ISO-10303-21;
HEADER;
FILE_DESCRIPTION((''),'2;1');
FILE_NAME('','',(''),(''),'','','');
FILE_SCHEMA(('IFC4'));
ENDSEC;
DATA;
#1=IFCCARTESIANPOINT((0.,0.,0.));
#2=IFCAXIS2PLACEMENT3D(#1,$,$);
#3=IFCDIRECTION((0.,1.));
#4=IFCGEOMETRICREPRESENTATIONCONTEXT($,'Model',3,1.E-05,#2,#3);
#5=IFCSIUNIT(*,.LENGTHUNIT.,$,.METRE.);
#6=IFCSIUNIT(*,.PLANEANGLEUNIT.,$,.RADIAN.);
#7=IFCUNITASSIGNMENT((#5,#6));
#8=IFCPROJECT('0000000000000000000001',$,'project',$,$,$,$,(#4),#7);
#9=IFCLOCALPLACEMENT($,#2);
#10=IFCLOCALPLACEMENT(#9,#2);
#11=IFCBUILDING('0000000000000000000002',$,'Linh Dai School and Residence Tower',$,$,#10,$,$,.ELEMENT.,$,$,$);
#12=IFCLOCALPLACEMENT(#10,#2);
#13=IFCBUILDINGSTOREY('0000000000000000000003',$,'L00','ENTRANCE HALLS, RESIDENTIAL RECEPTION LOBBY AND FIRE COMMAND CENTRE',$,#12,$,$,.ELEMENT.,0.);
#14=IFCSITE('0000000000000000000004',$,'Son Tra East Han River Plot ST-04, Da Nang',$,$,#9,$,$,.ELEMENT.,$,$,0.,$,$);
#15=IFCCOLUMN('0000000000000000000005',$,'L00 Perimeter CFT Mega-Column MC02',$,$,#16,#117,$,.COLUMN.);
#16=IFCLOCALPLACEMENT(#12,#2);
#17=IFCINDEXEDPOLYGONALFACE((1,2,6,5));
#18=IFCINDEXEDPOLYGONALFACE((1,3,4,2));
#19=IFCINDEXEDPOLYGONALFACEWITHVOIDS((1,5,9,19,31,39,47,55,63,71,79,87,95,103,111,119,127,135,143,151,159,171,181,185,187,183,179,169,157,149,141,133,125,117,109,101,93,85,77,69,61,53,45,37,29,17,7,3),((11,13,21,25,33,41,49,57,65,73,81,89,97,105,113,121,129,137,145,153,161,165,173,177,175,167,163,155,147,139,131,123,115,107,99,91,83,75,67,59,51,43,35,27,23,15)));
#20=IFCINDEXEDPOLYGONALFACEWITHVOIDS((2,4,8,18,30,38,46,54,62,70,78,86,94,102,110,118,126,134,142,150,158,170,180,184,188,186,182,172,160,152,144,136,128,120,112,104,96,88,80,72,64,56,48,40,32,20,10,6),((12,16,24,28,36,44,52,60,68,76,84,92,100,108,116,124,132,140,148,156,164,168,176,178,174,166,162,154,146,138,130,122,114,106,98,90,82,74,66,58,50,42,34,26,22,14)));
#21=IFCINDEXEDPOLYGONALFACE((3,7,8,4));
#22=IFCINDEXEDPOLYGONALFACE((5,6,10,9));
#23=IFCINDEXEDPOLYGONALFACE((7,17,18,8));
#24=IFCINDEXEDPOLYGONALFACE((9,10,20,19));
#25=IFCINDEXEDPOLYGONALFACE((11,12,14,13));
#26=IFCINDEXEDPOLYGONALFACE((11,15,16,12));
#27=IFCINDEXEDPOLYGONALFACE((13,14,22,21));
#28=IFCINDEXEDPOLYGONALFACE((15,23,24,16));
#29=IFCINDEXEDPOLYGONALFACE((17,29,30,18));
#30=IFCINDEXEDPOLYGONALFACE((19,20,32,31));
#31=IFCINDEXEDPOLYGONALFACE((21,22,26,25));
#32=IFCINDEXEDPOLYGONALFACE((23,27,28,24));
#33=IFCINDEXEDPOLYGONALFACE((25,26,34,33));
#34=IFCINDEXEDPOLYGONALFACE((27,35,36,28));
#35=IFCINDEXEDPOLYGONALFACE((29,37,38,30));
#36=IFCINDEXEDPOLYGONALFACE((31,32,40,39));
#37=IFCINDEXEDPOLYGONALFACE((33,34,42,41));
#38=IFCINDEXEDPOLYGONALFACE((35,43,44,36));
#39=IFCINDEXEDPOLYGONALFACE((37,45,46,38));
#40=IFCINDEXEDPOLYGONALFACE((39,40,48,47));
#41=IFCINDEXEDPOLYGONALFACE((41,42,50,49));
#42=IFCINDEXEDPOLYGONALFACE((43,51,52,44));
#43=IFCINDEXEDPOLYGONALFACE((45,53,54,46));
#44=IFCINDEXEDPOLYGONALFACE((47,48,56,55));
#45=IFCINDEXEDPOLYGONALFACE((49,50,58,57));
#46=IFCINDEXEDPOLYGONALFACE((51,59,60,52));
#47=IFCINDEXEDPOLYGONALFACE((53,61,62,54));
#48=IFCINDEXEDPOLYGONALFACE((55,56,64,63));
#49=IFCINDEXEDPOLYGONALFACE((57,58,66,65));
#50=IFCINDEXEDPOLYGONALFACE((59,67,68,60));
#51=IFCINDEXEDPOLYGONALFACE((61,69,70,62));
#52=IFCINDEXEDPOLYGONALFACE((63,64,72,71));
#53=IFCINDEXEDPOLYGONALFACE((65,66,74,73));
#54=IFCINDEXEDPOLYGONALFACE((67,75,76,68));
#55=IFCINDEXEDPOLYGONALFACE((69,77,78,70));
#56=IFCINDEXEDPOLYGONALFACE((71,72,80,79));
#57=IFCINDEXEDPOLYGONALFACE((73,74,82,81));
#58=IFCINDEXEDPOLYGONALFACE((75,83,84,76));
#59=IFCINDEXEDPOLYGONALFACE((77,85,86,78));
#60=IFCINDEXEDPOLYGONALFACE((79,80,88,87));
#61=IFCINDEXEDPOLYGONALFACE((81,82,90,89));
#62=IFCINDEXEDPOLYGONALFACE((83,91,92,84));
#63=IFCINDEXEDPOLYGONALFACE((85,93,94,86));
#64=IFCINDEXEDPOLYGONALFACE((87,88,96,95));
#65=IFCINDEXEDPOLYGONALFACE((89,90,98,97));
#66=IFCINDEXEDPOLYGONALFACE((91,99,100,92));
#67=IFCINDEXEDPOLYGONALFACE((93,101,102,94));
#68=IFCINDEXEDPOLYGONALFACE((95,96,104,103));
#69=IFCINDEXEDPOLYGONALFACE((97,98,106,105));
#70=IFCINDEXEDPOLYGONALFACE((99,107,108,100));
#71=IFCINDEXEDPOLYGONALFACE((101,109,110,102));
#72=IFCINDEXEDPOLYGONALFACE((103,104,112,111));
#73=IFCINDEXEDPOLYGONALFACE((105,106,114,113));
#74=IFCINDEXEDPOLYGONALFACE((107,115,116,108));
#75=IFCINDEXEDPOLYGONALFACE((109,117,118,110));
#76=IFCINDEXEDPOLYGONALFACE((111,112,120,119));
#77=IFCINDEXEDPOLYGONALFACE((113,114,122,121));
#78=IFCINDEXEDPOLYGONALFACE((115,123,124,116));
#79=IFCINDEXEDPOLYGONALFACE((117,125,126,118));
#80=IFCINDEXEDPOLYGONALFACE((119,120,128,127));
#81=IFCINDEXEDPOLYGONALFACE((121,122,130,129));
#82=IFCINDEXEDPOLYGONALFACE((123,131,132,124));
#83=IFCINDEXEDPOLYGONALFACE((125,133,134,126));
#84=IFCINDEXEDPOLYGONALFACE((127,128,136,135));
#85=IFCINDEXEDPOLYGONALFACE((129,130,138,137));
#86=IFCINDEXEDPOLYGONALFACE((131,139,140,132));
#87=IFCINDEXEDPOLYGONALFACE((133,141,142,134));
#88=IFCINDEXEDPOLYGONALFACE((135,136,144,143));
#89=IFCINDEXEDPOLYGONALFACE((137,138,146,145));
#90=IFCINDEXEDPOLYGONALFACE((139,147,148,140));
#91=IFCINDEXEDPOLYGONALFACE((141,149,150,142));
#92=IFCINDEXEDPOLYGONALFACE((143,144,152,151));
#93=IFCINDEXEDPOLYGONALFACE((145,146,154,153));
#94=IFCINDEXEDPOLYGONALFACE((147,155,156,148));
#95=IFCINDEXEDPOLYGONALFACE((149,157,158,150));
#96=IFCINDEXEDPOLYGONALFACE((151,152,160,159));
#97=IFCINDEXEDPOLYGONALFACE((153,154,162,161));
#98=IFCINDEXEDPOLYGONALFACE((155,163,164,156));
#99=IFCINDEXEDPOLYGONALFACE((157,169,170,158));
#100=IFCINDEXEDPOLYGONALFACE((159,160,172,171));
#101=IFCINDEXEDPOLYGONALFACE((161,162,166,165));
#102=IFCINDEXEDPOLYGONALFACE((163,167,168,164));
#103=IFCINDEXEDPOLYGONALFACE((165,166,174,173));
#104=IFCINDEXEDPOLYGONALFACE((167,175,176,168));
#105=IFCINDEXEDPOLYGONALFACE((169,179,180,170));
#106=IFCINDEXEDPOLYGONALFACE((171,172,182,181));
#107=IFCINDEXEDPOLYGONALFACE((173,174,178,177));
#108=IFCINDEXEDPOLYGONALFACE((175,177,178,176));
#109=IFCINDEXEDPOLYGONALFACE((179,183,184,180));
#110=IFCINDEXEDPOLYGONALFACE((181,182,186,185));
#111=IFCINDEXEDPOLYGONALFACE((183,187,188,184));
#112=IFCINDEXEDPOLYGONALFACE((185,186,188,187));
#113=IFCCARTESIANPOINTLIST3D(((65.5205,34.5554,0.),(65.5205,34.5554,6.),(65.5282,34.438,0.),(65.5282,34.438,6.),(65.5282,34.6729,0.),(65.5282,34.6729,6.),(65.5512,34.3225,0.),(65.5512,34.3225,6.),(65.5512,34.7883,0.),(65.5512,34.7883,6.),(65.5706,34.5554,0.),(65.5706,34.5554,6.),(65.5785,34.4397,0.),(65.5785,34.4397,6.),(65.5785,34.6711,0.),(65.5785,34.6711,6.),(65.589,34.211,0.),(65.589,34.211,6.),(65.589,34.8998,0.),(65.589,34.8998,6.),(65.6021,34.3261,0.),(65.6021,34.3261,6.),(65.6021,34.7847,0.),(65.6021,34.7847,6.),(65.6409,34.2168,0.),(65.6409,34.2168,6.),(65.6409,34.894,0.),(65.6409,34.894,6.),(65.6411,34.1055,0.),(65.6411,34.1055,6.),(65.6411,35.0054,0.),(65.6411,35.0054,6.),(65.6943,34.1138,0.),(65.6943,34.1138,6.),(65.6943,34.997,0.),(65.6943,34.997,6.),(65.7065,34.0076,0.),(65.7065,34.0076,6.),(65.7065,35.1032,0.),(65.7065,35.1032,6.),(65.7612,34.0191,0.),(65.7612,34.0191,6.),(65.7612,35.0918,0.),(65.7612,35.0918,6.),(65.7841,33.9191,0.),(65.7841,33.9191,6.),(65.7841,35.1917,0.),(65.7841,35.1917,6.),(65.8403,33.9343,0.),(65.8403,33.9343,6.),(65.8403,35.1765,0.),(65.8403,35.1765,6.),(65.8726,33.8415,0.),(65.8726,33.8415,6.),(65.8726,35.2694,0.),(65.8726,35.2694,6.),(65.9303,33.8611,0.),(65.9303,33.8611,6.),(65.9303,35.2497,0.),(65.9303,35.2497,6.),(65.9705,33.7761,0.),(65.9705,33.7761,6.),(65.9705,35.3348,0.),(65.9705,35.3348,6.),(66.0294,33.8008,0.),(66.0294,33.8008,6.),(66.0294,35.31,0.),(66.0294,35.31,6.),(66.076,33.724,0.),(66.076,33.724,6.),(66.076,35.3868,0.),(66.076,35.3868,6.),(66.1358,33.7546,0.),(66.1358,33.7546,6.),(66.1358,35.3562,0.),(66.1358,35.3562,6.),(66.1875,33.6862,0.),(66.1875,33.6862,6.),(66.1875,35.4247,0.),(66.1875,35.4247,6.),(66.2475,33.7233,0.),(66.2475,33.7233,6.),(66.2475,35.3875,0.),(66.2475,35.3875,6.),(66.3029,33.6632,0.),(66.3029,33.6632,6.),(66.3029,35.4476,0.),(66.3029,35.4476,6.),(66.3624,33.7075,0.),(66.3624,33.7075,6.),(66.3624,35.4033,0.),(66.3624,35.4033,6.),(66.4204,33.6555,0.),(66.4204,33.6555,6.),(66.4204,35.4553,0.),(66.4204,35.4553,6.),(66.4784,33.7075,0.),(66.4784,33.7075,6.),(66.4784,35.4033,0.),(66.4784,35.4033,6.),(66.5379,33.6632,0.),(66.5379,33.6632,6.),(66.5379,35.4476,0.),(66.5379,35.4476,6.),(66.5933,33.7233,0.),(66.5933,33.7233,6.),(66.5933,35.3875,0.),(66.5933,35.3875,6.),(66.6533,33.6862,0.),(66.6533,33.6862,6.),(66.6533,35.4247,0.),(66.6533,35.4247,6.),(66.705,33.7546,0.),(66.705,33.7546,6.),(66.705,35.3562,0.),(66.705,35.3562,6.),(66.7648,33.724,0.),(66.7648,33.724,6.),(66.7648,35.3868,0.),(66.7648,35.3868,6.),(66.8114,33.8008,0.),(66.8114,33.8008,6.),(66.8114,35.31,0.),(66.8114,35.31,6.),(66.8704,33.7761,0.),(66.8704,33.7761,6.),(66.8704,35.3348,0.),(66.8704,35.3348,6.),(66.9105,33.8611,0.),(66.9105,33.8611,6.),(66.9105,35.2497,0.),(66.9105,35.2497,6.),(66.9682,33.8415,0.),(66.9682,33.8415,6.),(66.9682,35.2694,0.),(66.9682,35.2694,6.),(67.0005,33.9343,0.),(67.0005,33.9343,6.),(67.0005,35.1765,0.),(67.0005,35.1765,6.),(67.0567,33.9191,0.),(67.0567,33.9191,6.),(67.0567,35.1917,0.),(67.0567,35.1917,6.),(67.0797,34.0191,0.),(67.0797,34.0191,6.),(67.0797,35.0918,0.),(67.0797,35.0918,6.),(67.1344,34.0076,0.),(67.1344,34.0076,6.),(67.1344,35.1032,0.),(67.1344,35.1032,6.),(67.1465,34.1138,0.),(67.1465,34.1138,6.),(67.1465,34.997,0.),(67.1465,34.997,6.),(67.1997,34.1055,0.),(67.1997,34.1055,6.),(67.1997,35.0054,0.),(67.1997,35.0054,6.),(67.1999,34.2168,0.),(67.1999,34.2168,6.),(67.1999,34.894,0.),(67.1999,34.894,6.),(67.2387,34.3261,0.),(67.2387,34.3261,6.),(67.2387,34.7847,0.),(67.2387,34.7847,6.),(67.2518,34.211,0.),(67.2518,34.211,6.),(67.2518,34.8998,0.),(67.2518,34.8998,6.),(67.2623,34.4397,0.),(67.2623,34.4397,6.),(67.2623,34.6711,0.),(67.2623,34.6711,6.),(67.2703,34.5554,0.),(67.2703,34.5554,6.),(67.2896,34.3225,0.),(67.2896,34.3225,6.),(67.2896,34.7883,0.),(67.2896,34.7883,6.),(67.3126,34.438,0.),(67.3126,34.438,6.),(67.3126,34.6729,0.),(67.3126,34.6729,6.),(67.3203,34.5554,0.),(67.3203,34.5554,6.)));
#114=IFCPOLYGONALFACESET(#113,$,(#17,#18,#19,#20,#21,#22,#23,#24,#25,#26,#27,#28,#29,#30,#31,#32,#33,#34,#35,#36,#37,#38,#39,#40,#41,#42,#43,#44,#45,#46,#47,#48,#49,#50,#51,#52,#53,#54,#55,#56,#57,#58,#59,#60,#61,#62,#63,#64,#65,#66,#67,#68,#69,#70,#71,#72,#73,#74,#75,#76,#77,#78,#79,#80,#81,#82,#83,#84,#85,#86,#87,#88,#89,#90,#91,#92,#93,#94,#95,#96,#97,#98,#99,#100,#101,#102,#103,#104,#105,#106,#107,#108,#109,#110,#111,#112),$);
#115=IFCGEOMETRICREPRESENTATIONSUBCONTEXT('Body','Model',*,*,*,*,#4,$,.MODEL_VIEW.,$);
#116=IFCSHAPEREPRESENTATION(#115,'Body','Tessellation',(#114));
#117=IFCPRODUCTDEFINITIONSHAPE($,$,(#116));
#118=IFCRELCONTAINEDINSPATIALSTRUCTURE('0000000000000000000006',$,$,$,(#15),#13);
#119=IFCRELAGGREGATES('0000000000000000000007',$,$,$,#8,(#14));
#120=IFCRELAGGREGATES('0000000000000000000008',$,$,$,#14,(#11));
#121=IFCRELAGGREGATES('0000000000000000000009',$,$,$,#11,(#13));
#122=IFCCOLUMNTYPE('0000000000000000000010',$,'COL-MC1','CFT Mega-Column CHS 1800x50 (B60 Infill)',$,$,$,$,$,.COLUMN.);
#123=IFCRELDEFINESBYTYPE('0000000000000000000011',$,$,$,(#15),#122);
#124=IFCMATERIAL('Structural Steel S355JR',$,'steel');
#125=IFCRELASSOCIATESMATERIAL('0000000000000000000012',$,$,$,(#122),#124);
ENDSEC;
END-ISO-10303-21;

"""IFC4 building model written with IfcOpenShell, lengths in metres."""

from ifc_helpers import new_model, si_unit, direction, frame, origin, origin_2d, place, context, subcontext, project, spatial, hollow_circle, extrude, material, material_profile, profile_set, type_object, element, save


model = new_model("IFC4")

# Units and contexts
model_context = context("Model", 3, precision=1e-05, world=origin(), true_north=direction((0.0, 1.0)))
body_context = subcontext(model_context, "Body", "Model", "MODEL_VIEW")
ifc_project = project(units=[si_unit("LENGTHUNIT", "METRE"), si_unit("PLANEANGLEUNIT", "RADIAN")], contexts=[model_context])

# Site, building, storey
site_placement = place(None, origin())
site = spatial("IfcSite", under=ifc_project, at=site_placement, Name="Son Tra East Han River Plot ST-04, Da Nang", CompositionType="ELEMENT", RefElevation=0.0)
building_placement = place(site_placement, origin())
building = spatial("IfcBuilding", under=site, at=building_placement, Name="Linh Dai School and Residence Tower", CompositionType="ELEMENT")
storey_placement = place(building_placement, origin())
storey = spatial("IfcBuildingStorey", under=building, at=storey_placement, Name="L00", Description="ENTRANCE HALLS, RESIDENTIAL RECEPTION LOBBY AND FIRE COMMAND CENTRE", CompositionType="ELEMENT", Elevation=0.0)

# Column
ifc_material_1 = material(Name="Structural Steel S355JR", Category="steel")
ifc_material_profile_1 = material_profile(ifc_material_1, hollow_circle(Radius=0.8999, WallThickness=0.05, at=origin_2d()), Name="CHS 1800x50")
ifc_profile_set_1 = profile_set([ifc_material_profile_1], Name="Structural Steel S355JR")
column_type_1 = type_object("IfcColumnType", Name="COL-MC1", Description="CFT Mega-Column CHS 1800x50 (B60 Infill)", PredefinedType="COLUMN", material=ifc_profile_set_1)
for number, where, z_axis, x_axis, name in (
    (1, (66.4204, 34.5554, 0.0), (0.0, 0.0, 1.0), (1.0, 0.0, 0.0), "L00 Perimeter CFT Mega-Column MC02"),
):
    element("IfcColumn", number, at=place(storey_placement, frame(where, z_axis=z_axis, x_axis=x_axis)), inside=storey, type_object=column_type_1, Name=name, PredefinedType="COLUMN", context=body_context, shape_type="SweptSolid", body=[
        extrude(hollow_circle(Radius=0.8999, WallThickness=0.05, at=origin_2d()), origin(), (0.0, 0.0, 1.0), 6.0),
    ])

save(model, "model.ifc")
